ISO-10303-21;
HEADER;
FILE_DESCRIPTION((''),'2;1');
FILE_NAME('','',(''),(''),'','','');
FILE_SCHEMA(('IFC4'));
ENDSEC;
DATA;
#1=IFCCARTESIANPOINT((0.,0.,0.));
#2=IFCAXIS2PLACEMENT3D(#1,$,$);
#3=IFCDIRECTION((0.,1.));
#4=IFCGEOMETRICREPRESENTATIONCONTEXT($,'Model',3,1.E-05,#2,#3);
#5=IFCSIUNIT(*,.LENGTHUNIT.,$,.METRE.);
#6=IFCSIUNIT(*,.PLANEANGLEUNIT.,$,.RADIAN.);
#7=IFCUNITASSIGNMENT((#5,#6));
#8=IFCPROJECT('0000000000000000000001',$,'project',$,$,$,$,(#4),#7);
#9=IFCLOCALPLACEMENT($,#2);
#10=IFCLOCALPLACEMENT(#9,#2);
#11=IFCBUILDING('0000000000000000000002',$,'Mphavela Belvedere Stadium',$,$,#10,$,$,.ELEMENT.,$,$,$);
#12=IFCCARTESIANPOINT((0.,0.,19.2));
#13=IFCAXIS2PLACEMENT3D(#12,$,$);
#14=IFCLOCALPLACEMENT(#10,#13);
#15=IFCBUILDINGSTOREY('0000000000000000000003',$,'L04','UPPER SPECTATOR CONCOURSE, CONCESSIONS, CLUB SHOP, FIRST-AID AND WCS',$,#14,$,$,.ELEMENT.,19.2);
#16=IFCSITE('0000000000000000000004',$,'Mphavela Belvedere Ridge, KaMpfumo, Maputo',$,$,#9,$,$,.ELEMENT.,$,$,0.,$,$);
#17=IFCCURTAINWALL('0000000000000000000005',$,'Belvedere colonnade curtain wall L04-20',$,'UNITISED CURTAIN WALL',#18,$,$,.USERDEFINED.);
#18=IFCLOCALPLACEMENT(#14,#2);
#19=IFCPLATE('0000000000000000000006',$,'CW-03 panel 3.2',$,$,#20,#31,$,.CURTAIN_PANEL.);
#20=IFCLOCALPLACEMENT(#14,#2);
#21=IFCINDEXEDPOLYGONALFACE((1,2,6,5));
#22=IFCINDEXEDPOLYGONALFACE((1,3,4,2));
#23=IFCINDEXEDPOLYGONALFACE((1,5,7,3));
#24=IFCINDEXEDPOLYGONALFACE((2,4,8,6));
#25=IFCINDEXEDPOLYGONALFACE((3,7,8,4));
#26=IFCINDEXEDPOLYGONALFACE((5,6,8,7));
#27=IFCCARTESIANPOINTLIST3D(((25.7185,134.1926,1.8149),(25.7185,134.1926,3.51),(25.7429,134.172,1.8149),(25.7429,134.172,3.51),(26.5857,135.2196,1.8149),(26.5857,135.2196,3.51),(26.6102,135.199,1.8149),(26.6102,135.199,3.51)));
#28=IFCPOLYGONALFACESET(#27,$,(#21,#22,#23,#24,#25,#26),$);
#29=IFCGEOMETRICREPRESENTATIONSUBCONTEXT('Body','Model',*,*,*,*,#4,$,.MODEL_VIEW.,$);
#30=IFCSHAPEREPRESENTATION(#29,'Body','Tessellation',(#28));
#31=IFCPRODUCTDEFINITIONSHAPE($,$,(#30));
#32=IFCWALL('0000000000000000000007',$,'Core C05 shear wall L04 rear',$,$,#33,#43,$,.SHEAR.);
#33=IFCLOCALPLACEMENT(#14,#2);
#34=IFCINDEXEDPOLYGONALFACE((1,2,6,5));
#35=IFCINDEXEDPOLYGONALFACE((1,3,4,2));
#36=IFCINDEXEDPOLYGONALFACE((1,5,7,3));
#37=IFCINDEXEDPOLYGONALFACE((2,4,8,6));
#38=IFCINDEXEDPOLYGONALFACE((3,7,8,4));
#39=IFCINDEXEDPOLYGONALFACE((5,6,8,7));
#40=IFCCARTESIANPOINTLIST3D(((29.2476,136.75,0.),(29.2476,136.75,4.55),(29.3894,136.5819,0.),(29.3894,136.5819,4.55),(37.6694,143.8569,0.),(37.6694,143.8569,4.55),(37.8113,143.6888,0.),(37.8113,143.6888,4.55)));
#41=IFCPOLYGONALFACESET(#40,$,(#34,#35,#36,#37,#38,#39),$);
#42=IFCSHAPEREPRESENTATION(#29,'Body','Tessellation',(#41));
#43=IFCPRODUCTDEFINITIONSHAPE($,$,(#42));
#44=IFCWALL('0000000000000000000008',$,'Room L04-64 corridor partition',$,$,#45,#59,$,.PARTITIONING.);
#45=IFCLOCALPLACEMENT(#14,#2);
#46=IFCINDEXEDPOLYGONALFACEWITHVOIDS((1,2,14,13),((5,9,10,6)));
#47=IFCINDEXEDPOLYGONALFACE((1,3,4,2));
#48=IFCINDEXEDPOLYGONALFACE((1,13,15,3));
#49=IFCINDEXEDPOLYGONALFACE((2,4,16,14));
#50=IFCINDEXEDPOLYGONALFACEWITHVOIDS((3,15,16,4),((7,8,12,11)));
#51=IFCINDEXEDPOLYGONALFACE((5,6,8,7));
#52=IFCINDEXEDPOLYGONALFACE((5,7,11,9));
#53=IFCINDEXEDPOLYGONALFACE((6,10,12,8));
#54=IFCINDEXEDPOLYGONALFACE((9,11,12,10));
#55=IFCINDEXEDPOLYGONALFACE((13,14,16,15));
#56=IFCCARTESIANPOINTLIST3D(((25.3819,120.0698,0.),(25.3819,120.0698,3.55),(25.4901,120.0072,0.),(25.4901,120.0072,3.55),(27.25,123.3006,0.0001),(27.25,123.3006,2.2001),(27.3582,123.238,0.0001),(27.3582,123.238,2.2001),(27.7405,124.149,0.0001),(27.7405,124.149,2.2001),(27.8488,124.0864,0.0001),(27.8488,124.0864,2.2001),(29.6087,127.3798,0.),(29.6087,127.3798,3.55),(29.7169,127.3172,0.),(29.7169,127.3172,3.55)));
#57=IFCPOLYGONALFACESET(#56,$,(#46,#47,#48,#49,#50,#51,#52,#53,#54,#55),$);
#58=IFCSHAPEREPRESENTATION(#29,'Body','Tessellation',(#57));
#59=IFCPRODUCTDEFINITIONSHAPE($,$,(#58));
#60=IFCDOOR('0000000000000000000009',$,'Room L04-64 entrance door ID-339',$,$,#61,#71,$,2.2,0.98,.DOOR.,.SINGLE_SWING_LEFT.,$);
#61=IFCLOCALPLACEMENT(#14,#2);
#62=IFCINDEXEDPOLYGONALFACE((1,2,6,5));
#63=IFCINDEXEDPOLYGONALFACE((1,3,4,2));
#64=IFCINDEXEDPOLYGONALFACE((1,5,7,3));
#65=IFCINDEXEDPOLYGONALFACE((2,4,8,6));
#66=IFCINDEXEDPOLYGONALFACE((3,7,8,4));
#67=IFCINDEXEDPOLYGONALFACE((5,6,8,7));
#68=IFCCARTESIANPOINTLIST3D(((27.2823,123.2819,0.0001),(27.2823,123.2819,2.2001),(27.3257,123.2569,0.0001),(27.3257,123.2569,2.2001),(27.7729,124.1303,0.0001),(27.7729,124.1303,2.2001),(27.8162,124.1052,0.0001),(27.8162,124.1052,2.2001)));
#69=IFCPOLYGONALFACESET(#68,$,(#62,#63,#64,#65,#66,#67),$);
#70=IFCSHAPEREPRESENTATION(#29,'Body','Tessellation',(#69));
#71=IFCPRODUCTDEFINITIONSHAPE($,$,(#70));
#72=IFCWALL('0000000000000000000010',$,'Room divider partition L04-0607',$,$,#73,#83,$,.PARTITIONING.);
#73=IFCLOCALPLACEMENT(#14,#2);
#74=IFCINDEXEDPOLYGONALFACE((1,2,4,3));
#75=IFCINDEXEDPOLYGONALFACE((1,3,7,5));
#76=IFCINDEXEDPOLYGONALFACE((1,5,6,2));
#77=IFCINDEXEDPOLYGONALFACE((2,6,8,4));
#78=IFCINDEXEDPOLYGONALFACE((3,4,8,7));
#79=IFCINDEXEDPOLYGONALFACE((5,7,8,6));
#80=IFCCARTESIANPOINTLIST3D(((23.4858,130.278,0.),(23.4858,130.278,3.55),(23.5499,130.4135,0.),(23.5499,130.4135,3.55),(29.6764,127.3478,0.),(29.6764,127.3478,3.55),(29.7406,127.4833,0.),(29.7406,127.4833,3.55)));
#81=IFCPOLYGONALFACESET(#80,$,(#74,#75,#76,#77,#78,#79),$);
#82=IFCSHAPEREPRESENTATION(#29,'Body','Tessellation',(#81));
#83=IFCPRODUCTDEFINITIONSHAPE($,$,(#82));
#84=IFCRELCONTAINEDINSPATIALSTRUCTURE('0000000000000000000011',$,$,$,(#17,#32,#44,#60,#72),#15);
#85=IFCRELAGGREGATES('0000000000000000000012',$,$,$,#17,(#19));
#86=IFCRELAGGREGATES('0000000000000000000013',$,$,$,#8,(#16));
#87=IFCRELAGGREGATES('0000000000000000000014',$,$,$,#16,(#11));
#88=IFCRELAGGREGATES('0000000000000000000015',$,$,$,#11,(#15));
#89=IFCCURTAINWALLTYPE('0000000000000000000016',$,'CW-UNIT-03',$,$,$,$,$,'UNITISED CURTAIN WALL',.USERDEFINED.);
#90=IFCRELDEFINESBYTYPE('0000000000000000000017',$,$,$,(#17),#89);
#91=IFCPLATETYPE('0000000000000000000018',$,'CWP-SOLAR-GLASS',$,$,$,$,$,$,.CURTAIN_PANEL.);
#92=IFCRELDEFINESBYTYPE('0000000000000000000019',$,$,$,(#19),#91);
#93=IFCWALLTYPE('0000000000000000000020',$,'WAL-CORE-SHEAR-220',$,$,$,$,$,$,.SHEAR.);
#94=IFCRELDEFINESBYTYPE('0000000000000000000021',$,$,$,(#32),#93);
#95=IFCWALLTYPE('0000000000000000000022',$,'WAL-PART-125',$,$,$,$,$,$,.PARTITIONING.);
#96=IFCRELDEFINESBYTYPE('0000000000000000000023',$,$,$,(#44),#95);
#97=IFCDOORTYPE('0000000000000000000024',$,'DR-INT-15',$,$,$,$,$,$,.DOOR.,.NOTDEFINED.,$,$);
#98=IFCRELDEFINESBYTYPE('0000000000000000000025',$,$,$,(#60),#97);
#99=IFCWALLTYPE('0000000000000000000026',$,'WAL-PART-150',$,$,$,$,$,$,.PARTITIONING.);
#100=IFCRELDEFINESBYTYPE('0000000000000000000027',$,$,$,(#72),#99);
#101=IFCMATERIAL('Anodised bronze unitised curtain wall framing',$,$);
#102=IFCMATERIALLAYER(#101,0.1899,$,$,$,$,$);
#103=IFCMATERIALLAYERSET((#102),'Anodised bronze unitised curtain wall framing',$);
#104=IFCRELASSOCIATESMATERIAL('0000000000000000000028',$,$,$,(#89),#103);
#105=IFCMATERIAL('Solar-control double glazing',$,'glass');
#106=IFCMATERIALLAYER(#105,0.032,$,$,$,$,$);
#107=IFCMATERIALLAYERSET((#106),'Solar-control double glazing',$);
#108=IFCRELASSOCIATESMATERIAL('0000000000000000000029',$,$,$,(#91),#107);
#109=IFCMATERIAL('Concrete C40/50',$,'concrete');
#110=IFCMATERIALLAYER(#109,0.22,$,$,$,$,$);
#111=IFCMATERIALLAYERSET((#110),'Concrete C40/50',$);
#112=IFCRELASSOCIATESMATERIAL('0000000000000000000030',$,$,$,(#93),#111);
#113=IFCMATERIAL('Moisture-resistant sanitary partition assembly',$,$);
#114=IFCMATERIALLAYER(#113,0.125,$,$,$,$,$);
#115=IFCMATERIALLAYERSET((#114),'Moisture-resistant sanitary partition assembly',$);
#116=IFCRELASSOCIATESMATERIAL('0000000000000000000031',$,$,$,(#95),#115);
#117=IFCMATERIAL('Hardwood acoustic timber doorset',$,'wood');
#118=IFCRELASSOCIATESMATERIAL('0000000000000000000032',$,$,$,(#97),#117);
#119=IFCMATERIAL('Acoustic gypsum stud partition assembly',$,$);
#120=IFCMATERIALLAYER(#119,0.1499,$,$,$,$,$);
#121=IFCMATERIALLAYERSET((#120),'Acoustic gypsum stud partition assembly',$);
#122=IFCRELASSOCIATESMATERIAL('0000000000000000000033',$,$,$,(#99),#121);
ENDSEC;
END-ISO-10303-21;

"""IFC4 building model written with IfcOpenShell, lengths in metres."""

from ifc_helpers import new_model, si_unit, direction, frame, frame_2d, origin, origin_2d, place, context, subcontext, project, spatial, rectangle, extrude, material, layer, layer_set, type_object, element, fill, aggregate, save


model = new_model("IFC4")

# Units and contexts
model_context = context("Model", 3, precision=1e-05, world=origin(), true_north=direction((0.0, 1.0)))
body_context = subcontext(model_context, "Body", "Model", "MODEL_VIEW")
ifc_project = project(units=[si_unit("LENGTHUNIT", "METRE"), si_unit("PLANEANGLEUNIT", "RADIAN")], contexts=[model_context])

# Site, building, storey
site_placement = place(None, origin())
site = spatial("IfcSite", under=ifc_project, at=site_placement, Name="Mphavela Belvedere Ridge, KaMpfumo, Maputo", CompositionType="ELEMENT", RefElevation=0.0)
building_placement = place(site_placement, origin())
building = spatial("IfcBuilding", under=site, at=building_placement, Name="Mphavela Belvedere Stadium", CompositionType="ELEMENT")
storey_placement = place(building_placement, frame((0.0, 0.0, 19.2)))
storey = spatial("IfcBuildingStorey", under=building, at=storey_placement, Name="L04", Description="UPPER SPECTATOR CONCOURSE, CONCESSIONS, CLUB SHOP, FIRST-AID AND WCS", CompositionType="ELEMENT", Elevation=19.2)

# Curtain wall
ifc_material_1 = material(Name="Anodised bronze unitised curtain wall framing")
ifc_layer_1 = layer(ifc_material_1, 0.1899)
ifc_layer_set_1 = layer_set([ifc_layer_1], Name="Anodised bronze unitised curtain wall framing")
curtain_wall_type_1 = type_object("IfcCurtainWallType", Name="CW-UNIT-03", ElementType="UNITISED CURTAIN WALL", PredefinedType="USERDEFINED", material=ifc_layer_set_1)
curtain_wall_1_placement = place(storey_placement, origin())
curtain_wall_1 = element("IfcCurtainWall", 1, at=curtain_wall_1_placement, inside=storey, type_object=curtain_wall_type_1, Name="Belvedere colonnade curtain wall L04-20", ObjectType="UNITISED CURTAIN WALL", PredefinedType="USERDEFINED")

# Plate
ifc_material_2 = material(Name="Solar-control double glazing", Category="glass")
ifc_layer_2 = layer(ifc_material_2, 0.032)
ifc_layer_set_2 = layer_set([ifc_layer_2], Name="Solar-control double glazing")
plate_type = type_object("IfcPlateType", Name="CWP-SOLAR-GLASS", PredefinedType="CURTAIN_PANEL", material=ifc_layer_set_2)
plate_1_placement = place(storey_placement, frame((26.1643, 134.6958, 1.8149), z_axis=(0.0, 0.0, 1.0), x_axis=(-0.645175, -0.764035, 0.0)))
plate_1 = element("IfcPlate", 2, at=plate_1_placement, type_object=plate_type, Name="CW-03 panel 3.2", PredefinedType="CURTAIN_PANEL", context=body_context, shape_type="SweptSolid", body=[
    extrude(rectangle(XDim=1.3442, YDim=0.032, at=origin_2d()), origin(), (0.0, 0.0, 1.0), 1.6951),
])
aggregate(curtain_wall_1, [plate_1])

# Wall
ifc_material_3 = material(Name="Concrete C40/50", Category="concrete")
ifc_layer_3 = layer(ifc_material_3, 0.22)
ifc_layer_set_3 = layer_set([ifc_layer_3], Name="Concrete C40/50")
wall_type_1 = type_object("IfcWallType", Name="WAL-CORE-SHEAR-220", PredefinedType="SHEAR", material=ifc_layer_set_3)
wall_1_placement = place(storey_placement, frame((29.3186, 136.666, 0.0), z_axis=(0.0, 0.0, 1.0), x_axis=(0.764248, 0.644923, 0.0)))
element("IfcWall", 3, at=wall_1_placement, inside=storey, type_object=wall_type_1, Name="Core C05 shear wall L04 rear", PredefinedType="SHEAR", context=body_context, shape_type="SweptSolid", body=[
    extrude(rectangle(XDim=11.0198, YDim=0.22, at=frame_2d((5.5098, 0.0))), origin(), (0.0, 0.0, 1.0), 4.55),
])

# Wall, opening, door
ifc_material_4 = material(Name="Moisture-resistant sanitary partition assembly")
ifc_layer_4 = layer(ifc_material_4, 0.125)
ifc_layer_set_4 = layer_set([ifc_layer_4], Name="Moisture-resistant sanitary partition assembly")
wall_type_2 = type_object("IfcWallType", Name="WAL-PART-125", PredefinedType="PARTITIONING", material=ifc_layer_set_4)
wall_2_placement = place(storey_placement, frame((29.6628, 127.3486, 0.0), z_axis=(0.0, 0.0, 1.0), x_axis=(-0.500563, -0.8657, 0.0)))
wall_2 = element("IfcWall", 4, at=wall_2_placement, inside=storey, type_object=wall_type_2, Name="Room L04-64 corridor partition", PredefinedType="PARTITIONING", context=body_context, shape_type="SweptSolid", body=[
    extrude(rectangle(XDim=8.4441, YDim=0.125, at=frame_2d((4.2222, 0.0))), origin(), (0.0, 0.0, 1.0), 3.55),
])
opening_placement = place(wall_2_placement, frame((3.7322, 0.0, 0.0)))
opening = element("IfcOpeningElement", 5, at=opening_placement, cuts=wall_2, PredefinedType="OPENING", context=body_context, shape_type="SweptSolid", body=[
    extrude(rectangle(XDim=0.98, YDim=2.2, at=frame_2d((0.49, 1.1001))), frame((0.0, 0.0725, 0.0), z_axis=(0.0, -1.0, 0.0), x_axis=(1.0, 0.0, 0.0)), (0.0, 0.0, 1.0), 0.145),
])
ifc_material_5 = material(Name="Hardwood acoustic timber doorset", Category="wood")
door_type = type_object("IfcDoorType", Name="DR-INT-15", OperationType="NOTDEFINED", PredefinedType="DOOR", material=ifc_material_5)
door_placement = place(opening_placement, origin())
door = element("IfcDoor", 6, at=door_placement, inside=storey, type_object=door_type, Name="Room L04-64 entrance door ID-339", OperationType="SINGLE_SWING_LEFT", OverallHeight=2.2, OverallWidth=0.98, PredefinedType="DOOR", context=body_context, shape_type="SweptSolid", body=[
    extrude(rectangle(XDim=0.98, YDim=2.2, at=frame_2d((0.49, 1.1001))), frame((0.0, 0.0249, 0.0), z_axis=(0.0, -1.0, 0.0), x_axis=(1.0, 0.0, 0.0)), (0.0, 0.0, 1.0), 0.05),
])
fill(opening, door)

# Wall
ifc_material_6 = material(Name="Acoustic gypsum stud partition assembly")
ifc_layer_5 = layer(ifc_material_6, 0.1499)
ifc_layer_set_5 = layer_set([ifc_layer_5], Name="Acoustic gypsum stud partition assembly")
wall_type_3 = type_object("IfcWallType", Name="WAL-PART-150", PredefinedType="PARTITIONING", material=ifc_layer_set_5)
wall_3_placement = place(storey_placement, frame((29.7085, 127.4155, 0.0), z_axis=(0.0, 0.0, 1.0), x_axis=(-0.903865, 0.427818, 0.0)))
element("IfcWall", 7, at=wall_3_placement, inside=storey, type_object=wall_type_3, Name="Room divider partition L04-0607", PredefinedType="PARTITIONING", context=body_context, shape_type="SweptSolid", body=[
    extrude(rectangle(XDim=6.8491, YDim=0.1499, at=frame_2d((3.4246, 0.0))), origin(), (0.0, 0.0, 1.0), 3.55),
])

save(model, "model.ifc")
